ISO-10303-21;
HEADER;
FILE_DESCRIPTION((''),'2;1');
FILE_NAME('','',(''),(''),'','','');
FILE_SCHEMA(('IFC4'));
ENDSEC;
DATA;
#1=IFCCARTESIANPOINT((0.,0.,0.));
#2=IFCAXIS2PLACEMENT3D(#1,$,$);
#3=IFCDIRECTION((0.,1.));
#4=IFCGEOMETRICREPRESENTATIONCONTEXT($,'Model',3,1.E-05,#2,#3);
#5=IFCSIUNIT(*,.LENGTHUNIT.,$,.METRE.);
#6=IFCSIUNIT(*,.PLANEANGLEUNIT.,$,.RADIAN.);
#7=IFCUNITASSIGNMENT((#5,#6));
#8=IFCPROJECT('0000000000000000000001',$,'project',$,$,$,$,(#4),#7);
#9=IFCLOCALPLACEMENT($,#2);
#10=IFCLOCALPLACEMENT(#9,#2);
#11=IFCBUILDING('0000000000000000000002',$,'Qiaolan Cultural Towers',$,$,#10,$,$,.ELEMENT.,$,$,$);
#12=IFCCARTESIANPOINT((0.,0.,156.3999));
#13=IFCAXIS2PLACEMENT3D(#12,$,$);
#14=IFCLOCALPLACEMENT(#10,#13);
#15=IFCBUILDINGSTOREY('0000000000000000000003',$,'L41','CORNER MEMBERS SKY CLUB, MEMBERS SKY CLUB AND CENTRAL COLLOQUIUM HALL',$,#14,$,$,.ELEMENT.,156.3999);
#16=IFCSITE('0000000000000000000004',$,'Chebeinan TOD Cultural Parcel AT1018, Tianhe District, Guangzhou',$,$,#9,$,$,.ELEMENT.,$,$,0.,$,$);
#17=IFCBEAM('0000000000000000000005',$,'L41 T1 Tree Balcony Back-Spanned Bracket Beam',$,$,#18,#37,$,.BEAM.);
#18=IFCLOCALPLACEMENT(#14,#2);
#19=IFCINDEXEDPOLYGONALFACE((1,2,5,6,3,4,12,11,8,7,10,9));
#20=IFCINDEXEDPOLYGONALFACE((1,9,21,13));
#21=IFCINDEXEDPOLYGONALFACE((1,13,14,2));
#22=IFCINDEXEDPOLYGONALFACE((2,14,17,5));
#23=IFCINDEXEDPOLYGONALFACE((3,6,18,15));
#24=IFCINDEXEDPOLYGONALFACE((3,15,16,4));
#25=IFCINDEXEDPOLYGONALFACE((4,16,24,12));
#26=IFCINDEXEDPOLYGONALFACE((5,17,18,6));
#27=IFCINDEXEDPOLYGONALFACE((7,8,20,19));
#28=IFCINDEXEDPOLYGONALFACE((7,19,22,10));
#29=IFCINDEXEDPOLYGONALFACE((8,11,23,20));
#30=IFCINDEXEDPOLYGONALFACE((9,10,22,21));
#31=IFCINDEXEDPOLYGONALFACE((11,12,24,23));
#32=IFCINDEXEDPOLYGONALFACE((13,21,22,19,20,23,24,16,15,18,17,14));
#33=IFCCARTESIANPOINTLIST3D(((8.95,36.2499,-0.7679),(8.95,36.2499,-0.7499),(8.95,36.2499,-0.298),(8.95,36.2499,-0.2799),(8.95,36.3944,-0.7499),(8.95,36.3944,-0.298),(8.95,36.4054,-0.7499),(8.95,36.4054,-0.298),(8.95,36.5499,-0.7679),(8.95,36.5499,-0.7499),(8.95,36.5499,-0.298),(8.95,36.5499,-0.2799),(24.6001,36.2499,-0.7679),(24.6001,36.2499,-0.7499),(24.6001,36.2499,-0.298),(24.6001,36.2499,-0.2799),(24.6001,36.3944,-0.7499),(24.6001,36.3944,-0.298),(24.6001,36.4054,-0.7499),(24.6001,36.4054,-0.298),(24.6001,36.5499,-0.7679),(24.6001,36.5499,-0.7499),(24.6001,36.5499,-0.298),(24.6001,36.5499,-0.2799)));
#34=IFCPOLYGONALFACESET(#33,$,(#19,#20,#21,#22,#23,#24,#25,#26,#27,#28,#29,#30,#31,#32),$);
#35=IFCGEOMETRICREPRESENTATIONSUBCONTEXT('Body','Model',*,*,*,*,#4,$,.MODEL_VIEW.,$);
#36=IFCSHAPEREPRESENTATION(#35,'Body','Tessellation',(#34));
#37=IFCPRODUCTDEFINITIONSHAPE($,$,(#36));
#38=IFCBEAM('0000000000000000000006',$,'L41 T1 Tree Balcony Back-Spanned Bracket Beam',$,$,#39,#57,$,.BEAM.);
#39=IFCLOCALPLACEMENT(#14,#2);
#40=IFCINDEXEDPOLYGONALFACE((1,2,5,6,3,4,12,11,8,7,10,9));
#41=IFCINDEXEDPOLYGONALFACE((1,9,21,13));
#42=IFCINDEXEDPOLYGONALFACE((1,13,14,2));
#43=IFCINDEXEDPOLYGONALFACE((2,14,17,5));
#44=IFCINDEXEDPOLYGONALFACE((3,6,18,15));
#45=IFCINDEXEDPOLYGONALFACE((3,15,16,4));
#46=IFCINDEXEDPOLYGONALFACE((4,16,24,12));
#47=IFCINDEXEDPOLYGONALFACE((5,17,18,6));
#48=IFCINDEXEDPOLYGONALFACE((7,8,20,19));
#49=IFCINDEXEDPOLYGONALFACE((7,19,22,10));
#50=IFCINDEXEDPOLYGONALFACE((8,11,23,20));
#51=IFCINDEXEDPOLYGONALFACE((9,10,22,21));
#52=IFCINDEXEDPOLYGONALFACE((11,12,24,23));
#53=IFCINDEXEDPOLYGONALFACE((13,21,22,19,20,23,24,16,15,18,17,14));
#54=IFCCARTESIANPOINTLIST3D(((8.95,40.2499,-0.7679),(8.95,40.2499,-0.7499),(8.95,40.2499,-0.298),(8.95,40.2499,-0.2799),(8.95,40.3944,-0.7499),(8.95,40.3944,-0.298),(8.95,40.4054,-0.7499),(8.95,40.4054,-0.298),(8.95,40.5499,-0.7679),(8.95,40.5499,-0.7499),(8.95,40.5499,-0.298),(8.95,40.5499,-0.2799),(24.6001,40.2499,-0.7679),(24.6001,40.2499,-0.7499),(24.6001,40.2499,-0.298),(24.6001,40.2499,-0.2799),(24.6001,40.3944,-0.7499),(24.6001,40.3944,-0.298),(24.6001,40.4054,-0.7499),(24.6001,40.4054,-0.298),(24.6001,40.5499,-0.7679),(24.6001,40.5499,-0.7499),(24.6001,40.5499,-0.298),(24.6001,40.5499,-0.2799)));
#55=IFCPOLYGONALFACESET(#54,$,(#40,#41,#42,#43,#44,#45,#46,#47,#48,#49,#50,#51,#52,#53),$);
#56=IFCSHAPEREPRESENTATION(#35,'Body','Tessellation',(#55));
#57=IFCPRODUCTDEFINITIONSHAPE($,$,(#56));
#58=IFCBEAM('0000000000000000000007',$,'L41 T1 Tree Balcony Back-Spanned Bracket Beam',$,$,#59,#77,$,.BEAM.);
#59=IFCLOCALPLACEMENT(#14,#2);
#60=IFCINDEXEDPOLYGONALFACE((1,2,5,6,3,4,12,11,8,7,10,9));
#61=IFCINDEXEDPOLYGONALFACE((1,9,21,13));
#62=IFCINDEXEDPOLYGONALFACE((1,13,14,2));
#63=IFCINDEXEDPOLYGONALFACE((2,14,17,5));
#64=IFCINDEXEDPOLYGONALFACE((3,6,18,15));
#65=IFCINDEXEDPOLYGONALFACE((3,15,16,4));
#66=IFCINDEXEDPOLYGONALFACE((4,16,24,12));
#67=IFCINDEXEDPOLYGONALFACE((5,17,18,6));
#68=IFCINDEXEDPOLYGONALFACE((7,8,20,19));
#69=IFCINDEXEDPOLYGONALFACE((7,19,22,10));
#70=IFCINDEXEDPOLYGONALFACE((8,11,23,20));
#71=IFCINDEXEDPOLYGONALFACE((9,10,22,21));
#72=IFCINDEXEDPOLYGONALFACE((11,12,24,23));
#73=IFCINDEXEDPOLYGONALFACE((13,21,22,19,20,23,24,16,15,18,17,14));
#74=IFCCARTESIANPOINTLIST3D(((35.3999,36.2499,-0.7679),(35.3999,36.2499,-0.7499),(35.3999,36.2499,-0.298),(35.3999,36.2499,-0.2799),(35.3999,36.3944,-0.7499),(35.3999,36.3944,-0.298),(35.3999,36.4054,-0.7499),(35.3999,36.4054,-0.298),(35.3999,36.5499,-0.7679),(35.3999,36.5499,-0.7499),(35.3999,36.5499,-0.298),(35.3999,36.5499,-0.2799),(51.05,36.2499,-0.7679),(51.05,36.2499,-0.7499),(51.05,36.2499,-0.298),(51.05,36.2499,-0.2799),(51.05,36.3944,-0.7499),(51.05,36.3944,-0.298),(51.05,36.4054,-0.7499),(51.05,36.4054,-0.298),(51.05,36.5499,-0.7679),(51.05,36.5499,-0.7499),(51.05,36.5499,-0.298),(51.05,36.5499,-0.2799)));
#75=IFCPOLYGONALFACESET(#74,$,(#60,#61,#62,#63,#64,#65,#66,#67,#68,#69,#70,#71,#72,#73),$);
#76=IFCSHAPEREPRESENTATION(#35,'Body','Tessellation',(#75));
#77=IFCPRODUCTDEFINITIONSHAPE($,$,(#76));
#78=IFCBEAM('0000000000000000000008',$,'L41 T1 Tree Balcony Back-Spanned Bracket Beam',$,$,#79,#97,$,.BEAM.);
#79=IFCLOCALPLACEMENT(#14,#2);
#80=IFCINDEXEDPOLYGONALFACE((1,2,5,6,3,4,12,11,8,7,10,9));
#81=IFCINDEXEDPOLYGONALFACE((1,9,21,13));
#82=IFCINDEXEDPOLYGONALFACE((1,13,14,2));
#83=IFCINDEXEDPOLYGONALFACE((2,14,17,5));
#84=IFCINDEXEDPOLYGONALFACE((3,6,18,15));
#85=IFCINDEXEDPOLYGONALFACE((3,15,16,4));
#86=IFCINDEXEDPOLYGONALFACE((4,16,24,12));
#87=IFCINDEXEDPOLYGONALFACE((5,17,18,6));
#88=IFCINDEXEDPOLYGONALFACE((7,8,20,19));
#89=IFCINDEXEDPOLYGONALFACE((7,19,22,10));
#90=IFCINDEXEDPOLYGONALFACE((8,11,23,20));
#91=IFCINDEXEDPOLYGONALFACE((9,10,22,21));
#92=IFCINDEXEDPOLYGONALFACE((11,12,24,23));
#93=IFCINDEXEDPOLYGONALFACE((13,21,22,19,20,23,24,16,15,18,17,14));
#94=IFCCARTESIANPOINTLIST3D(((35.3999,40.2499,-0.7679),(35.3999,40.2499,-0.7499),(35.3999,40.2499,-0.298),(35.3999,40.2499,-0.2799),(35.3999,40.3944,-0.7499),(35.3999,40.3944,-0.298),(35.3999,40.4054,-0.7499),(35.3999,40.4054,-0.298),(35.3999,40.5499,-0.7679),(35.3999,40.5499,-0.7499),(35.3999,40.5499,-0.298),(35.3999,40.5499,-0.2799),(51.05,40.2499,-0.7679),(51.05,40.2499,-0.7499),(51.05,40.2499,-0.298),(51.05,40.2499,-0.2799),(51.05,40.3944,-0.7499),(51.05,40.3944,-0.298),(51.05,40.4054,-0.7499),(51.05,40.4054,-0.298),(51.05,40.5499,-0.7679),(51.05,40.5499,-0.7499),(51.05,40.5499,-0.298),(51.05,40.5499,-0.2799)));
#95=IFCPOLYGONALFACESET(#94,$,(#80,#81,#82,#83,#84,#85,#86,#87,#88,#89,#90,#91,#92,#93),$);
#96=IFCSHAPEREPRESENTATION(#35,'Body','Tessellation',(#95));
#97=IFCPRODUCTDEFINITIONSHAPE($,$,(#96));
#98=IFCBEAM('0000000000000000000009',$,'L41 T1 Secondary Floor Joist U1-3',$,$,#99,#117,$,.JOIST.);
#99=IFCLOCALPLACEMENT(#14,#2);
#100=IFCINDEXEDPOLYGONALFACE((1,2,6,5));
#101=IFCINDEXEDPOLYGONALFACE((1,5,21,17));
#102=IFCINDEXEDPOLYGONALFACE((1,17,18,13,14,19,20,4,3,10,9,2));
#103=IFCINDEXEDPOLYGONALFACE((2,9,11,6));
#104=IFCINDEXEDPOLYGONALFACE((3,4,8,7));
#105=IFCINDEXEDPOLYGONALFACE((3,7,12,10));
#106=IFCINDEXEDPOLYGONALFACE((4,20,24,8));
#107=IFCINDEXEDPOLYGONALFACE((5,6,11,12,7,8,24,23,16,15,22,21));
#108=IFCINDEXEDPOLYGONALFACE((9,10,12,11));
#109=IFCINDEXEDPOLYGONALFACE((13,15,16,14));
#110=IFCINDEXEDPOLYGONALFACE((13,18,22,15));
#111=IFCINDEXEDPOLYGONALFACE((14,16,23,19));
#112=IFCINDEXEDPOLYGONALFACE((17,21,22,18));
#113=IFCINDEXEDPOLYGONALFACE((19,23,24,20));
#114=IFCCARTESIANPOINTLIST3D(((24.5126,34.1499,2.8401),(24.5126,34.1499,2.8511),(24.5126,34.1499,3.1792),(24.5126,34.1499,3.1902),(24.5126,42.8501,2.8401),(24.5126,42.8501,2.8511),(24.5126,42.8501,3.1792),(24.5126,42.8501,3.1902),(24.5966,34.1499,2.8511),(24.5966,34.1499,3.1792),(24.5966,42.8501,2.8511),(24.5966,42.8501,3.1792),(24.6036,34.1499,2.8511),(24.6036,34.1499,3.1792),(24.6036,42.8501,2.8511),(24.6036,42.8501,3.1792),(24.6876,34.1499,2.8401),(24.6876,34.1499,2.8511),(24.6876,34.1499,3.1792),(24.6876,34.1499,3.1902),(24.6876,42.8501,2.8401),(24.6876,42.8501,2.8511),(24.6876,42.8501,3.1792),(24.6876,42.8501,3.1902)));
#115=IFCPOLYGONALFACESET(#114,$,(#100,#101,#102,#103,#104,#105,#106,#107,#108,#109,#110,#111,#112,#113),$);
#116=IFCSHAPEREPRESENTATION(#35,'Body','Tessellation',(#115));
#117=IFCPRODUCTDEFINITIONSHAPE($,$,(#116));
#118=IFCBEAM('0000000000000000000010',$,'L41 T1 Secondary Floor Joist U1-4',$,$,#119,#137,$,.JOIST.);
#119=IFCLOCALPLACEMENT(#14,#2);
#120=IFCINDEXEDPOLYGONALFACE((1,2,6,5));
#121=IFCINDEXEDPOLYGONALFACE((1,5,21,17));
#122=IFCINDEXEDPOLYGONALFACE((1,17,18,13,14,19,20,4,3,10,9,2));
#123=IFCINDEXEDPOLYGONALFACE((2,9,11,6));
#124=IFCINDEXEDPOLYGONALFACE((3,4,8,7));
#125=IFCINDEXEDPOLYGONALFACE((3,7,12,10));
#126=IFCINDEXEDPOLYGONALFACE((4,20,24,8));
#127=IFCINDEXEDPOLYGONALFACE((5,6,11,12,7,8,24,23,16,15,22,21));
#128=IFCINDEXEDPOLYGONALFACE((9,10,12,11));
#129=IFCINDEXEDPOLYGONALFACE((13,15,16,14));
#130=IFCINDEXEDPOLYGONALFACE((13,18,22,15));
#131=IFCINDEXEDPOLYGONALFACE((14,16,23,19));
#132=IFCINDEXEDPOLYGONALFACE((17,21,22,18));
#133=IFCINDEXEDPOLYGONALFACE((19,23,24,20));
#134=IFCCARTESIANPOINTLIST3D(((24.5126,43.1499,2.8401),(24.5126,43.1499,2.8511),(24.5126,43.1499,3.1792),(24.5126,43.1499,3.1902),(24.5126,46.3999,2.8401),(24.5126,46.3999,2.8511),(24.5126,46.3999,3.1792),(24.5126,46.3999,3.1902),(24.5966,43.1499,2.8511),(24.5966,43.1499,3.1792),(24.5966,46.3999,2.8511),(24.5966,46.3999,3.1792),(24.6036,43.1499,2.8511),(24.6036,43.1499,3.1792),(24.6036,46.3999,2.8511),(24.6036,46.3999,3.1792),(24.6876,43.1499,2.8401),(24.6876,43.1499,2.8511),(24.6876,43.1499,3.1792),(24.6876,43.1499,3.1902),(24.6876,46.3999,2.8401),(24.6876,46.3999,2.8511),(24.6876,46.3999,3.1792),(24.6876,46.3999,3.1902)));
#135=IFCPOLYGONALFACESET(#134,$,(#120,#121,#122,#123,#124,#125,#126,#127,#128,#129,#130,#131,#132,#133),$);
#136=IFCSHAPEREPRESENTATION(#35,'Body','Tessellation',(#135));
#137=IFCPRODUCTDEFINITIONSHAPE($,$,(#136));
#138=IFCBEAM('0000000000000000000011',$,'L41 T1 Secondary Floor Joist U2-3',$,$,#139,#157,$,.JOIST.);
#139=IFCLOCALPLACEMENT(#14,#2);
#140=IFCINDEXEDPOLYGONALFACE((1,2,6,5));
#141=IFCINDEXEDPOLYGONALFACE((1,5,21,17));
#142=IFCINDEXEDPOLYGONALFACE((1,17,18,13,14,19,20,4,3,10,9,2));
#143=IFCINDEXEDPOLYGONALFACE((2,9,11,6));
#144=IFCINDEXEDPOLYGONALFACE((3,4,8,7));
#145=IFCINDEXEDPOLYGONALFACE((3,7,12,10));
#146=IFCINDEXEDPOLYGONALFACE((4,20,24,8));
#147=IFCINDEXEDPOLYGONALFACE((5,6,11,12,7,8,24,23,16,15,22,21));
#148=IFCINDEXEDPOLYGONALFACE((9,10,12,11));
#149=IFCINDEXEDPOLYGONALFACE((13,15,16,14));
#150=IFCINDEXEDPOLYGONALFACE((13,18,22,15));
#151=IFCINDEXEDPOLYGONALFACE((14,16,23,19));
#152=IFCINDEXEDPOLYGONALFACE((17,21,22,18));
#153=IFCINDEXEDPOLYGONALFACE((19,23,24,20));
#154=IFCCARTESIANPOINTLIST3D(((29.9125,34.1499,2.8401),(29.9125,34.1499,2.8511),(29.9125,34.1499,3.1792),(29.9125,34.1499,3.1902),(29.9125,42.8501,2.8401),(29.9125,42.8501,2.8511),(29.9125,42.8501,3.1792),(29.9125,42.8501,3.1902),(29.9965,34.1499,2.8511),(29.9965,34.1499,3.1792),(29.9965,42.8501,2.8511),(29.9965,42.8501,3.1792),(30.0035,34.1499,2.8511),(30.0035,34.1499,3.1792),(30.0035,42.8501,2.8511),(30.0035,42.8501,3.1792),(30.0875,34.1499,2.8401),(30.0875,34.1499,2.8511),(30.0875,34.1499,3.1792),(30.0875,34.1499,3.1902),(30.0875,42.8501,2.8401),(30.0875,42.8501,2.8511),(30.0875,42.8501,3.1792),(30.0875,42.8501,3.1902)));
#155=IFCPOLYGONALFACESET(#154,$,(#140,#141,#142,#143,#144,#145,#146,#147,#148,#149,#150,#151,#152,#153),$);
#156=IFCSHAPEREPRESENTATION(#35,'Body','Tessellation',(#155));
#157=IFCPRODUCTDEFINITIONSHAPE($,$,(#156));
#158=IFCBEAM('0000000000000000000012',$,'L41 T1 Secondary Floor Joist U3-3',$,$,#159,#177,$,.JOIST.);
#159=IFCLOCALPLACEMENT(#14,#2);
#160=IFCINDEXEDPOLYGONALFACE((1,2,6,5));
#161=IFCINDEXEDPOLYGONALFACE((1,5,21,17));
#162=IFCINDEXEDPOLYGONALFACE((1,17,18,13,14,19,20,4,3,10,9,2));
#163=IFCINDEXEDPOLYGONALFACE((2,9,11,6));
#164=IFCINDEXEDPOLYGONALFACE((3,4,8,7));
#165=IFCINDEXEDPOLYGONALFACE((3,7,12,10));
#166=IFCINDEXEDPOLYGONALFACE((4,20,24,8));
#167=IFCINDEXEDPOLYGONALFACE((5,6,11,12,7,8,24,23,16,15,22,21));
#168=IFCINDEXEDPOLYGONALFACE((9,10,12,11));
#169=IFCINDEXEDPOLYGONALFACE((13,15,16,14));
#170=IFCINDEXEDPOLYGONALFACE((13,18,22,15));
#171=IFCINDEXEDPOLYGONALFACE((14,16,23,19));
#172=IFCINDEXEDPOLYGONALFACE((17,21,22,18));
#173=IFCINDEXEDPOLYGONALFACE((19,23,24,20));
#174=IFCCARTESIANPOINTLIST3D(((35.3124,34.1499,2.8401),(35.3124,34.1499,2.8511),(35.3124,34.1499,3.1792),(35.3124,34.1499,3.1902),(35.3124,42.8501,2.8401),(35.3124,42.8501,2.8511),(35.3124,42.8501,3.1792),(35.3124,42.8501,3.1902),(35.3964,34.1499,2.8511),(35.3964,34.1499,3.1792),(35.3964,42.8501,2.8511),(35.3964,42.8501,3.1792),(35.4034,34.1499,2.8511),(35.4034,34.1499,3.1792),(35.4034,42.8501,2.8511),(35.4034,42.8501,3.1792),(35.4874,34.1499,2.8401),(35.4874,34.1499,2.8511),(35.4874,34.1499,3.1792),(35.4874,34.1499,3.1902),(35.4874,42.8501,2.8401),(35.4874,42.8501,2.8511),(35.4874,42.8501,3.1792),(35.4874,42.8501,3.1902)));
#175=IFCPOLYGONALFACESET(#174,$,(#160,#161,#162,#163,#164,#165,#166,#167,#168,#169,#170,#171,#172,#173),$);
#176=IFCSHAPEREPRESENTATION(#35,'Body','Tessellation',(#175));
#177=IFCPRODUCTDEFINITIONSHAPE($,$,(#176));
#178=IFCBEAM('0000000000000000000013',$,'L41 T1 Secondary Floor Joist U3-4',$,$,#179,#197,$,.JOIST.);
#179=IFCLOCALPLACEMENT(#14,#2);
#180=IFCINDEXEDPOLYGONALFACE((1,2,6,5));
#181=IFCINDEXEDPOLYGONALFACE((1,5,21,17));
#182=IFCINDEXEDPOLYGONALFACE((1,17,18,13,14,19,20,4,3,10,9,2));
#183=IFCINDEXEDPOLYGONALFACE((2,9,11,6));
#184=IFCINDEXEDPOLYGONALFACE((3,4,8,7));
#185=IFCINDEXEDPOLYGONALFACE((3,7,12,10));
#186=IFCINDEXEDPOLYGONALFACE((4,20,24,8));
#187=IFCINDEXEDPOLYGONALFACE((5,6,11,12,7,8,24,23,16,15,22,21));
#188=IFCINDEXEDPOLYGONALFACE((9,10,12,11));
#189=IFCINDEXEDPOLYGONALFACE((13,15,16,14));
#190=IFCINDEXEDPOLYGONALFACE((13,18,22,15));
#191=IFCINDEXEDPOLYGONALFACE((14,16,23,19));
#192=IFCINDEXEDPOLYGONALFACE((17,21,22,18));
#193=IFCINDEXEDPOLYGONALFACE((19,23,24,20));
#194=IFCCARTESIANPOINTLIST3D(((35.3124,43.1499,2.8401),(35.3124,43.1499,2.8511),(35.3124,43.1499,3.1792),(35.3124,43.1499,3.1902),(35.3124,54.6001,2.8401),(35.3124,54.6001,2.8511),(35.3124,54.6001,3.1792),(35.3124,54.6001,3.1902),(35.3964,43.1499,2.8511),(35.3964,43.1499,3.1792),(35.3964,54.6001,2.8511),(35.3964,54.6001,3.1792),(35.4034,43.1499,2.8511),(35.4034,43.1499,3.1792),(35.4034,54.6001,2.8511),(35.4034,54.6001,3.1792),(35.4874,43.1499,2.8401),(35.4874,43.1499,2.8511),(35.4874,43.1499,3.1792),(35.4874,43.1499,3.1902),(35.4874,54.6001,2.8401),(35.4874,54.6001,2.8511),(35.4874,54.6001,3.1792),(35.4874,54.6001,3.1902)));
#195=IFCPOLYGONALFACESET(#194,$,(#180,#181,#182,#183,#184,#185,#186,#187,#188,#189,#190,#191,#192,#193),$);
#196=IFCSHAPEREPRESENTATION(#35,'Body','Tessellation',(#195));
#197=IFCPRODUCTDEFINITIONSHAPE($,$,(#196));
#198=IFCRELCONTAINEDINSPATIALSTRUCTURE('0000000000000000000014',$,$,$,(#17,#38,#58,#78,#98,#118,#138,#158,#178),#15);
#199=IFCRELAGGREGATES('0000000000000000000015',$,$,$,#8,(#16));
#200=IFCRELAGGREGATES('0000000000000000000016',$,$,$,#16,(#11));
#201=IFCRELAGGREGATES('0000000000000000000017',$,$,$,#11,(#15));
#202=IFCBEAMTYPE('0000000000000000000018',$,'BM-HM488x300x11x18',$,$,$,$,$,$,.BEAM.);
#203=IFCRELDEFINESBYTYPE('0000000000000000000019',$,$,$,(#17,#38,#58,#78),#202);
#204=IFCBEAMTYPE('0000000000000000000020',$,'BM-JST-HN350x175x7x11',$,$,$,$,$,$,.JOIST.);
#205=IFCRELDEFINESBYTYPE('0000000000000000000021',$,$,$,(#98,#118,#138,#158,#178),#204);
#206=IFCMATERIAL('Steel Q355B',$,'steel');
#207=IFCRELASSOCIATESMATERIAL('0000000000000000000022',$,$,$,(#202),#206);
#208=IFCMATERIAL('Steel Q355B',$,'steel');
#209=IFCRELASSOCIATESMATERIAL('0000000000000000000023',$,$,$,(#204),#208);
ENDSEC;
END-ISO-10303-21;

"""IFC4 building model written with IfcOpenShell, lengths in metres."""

from ifc_helpers import new_model, si_unit, direction, frame, origin, origin_2d, place, context, subcontext, project, spatial, i_section, extrude, material, material_profile, profile_set, type_object, element, save


model = new_model("IFC4")

# Units and contexts
model_context = context("Model", 3, precision=1e-05, world=origin(), true_north=direction((0.0, 1.0)))
body_context = subcontext(model_context, "Body", "Model", "MODEL_VIEW")
ifc_project = project(units=[si_unit("LENGTHUNIT", "METRE"), si_unit("PLANEANGLEUNIT", "RADIAN")], contexts=[model_context])

# Site, building, storey
site_placement = place(None, origin())
site = spatial("IfcSite", under=ifc_project, at=site_placement, Name="Chebeinan TOD Cultural Parcel AT1018, Tianhe District, Guangzhou", CompositionType="ELEMENT", RefElevation=0.0)
building_placement = place(site_placement, origin())
building = spatial("IfcBuilding", under=site, at=building_placement, Name="Qiaolan Cultural Towers", CompositionType="ELEMENT")
storey_placement = place(building_placement, frame((0.0, 0.0, 156.3999)))
storey = spatial("IfcBuildingStorey", under=building, at=storey_placement, Name="L41", Description="CORNER MEMBERS SKY CLUB, MEMBERS SKY CLUB AND CENTRAL COLLOQUIUM HALL", CompositionType="ELEMENT", Elevation=156.3999)

# Beams
ifc_material_1 = material(Name="Steel Q355B", Category="steel")
ifc_material_profile_1 = material_profile(ifc_material_1, i_section(OverallWidth=0.3, OverallDepth=0.488, WebThickness=0.011, FlangeThickness=0.0181, at=origin_2d()), Name="HM488x300x11x18")
ifc_profile_set_1 = profile_set([ifc_material_profile_1], Name="Steel Q355B")
beam_type_1 = type_object("IfcBeamType", Name="BM-HM488x300x11x18", PredefinedType="BEAM", material=ifc_profile_set_1)
for number, where, z_axis, x_axis, name in (
    (1, (24.6001, 36.3999, -0.5239), (-1.0, 0.0, 0.0), (0.0, -1.0, 0.0), "L41 T1 Tree Balcony Back-Spanned Bracket Beam"),
    (2, (24.6001, 40.3999, -0.5239), (-1.0, 0.0, 0.0), (0.0, -1.0, 0.0), "L41 T1 Tree Balcony Back-Spanned Bracket Beam"),
    (3, (35.3999, 36.3999, -0.5239), (1.0, 0.0, 0.0), (0.0, 1.0, 0.0), "L41 T1 Tree Balcony Back-Spanned Bracket Beam"),
    (4, (35.3999, 40.3999, -0.5239), (1.0, 0.0, 0.0), (0.0, 1.0, 0.0), "L41 T1 Tree Balcony Back-Spanned Bracket Beam"),
):
    element("IfcBeam", number, at=place(storey_placement, frame(where, z_axis=z_axis, x_axis=x_axis)), inside=storey, type_object=beam_type_1, Name=name, PredefinedType="BEAM", context=body_context, shape_type="SweptSolid", body=[
        extrude(i_section(OverallWidth=0.3, OverallDepth=0.488, WebThickness=0.011, FlangeThickness=0.0181, at=origin_2d()), origin(), (0.0, 0.0, 1.0), 15.6501),
    ])
ifc_material_2 = material(Name="Steel Q355B", Category="steel")
ifc_material_profile_2 = material_profile(ifc_material_2, i_section(OverallWidth=0.175, OverallDepth=0.3501, WebThickness=0.0071, FlangeThickness=0.011, at=origin_2d()), Name="HN350x175x7x11")
ifc_profile_set_2 = profile_set([ifc_material_profile_2], Name="Steel Q355B")
beam_type_2 = type_object("IfcBeamType", Name="BM-JST-HN350x175x7x11", PredefinedType="JOIST", material=ifc_profile_set_2)
beam_1_placement = place(storey_placement, frame((24.6001, 34.1499, 3.0151), z_axis=(0.0, 1.0, 0.0), x_axis=(-1.0, 0.0, 0.0)))
element("IfcBeam", 5, at=beam_1_placement, inside=storey, type_object=beam_type_2, Name="L41 T1 Secondary Floor Joist U1-3", PredefinedType="JOIST", context=body_context, shape_type="SweptSolid", body=[
    extrude(i_section(OverallWidth=0.175, OverallDepth=0.3501, WebThickness=0.0071, FlangeThickness=0.011, at=origin_2d()), origin(), (0.0, 0.0, 1.0), 8.7002),
])
beam_2_placement = place(storey_placement, frame((24.6001, 43.1499, 3.0151), z_axis=(0.0, 1.0, 0.0), x_axis=(-1.0, 0.0, 0.0)))
element("IfcBeam", 6, at=beam_2_placement, inside=storey, type_object=beam_type_2, Name="L41 T1 Secondary Floor Joist U1-4", PredefinedType="JOIST", context=body_context, shape_type="SweptSolid", body=[
    extrude(i_section(OverallWidth=0.175, OverallDepth=0.3501, WebThickness=0.0071, FlangeThickness=0.011, at=origin_2d()), origin(), (0.0, 0.0, 1.0), 3.25),
])
for number, where, z_axis, x_axis, name in (
    (7, (30.0, 34.1499, 3.0151), (0.0, 1.0, 0.0), (-1.0, 0.0, 0.0), "L41 T1 Secondary Floor Joist U2-3"),
    (8, (35.3999, 34.1499, 3.0151), (0.0, 1.0, 0.0), (-1.0, 0.0, 0.0), "L41 T1 Secondary Floor Joist U3-3"),
):
    element("IfcBeam", number, at=place(storey_placement, frame(where, z_axis=z_axis, x_axis=x_axis)), inside=storey, type_object=beam_type_2, Name=name, PredefinedType="JOIST", context=body_context, shape_type="SweptSolid", body=[
        extrude(i_section(OverallWidth=0.175, OverallDepth=0.3501, WebThickness=0.0071, FlangeThickness=0.011, at=origin_2d()), origin(), (0.0, 0.0, 1.0), 8.7002),
    ])
beam_3_placement = place(storey_placement, frame((35.3999, 43.1499, 3.0151), z_axis=(0.0, 1.0, 0.0), x_axis=(-1.0, 0.0, 0.0)))
element("IfcBeam", 9, at=beam_3_placement, inside=storey, type_object=beam_type_2, Name="L41 T1 Secondary Floor Joist U3-4", PredefinedType="JOIST", context=body_context, shape_type="SweptSolid", body=[
    extrude(i_section(OverallWidth=0.175, OverallDepth=0.3501, WebThickness=0.0071, FlangeThickness=0.011, at=origin_2d()), origin(), (0.0, 0.0, 1.0), 11.4502),
])

save(model, "model.ifc")
